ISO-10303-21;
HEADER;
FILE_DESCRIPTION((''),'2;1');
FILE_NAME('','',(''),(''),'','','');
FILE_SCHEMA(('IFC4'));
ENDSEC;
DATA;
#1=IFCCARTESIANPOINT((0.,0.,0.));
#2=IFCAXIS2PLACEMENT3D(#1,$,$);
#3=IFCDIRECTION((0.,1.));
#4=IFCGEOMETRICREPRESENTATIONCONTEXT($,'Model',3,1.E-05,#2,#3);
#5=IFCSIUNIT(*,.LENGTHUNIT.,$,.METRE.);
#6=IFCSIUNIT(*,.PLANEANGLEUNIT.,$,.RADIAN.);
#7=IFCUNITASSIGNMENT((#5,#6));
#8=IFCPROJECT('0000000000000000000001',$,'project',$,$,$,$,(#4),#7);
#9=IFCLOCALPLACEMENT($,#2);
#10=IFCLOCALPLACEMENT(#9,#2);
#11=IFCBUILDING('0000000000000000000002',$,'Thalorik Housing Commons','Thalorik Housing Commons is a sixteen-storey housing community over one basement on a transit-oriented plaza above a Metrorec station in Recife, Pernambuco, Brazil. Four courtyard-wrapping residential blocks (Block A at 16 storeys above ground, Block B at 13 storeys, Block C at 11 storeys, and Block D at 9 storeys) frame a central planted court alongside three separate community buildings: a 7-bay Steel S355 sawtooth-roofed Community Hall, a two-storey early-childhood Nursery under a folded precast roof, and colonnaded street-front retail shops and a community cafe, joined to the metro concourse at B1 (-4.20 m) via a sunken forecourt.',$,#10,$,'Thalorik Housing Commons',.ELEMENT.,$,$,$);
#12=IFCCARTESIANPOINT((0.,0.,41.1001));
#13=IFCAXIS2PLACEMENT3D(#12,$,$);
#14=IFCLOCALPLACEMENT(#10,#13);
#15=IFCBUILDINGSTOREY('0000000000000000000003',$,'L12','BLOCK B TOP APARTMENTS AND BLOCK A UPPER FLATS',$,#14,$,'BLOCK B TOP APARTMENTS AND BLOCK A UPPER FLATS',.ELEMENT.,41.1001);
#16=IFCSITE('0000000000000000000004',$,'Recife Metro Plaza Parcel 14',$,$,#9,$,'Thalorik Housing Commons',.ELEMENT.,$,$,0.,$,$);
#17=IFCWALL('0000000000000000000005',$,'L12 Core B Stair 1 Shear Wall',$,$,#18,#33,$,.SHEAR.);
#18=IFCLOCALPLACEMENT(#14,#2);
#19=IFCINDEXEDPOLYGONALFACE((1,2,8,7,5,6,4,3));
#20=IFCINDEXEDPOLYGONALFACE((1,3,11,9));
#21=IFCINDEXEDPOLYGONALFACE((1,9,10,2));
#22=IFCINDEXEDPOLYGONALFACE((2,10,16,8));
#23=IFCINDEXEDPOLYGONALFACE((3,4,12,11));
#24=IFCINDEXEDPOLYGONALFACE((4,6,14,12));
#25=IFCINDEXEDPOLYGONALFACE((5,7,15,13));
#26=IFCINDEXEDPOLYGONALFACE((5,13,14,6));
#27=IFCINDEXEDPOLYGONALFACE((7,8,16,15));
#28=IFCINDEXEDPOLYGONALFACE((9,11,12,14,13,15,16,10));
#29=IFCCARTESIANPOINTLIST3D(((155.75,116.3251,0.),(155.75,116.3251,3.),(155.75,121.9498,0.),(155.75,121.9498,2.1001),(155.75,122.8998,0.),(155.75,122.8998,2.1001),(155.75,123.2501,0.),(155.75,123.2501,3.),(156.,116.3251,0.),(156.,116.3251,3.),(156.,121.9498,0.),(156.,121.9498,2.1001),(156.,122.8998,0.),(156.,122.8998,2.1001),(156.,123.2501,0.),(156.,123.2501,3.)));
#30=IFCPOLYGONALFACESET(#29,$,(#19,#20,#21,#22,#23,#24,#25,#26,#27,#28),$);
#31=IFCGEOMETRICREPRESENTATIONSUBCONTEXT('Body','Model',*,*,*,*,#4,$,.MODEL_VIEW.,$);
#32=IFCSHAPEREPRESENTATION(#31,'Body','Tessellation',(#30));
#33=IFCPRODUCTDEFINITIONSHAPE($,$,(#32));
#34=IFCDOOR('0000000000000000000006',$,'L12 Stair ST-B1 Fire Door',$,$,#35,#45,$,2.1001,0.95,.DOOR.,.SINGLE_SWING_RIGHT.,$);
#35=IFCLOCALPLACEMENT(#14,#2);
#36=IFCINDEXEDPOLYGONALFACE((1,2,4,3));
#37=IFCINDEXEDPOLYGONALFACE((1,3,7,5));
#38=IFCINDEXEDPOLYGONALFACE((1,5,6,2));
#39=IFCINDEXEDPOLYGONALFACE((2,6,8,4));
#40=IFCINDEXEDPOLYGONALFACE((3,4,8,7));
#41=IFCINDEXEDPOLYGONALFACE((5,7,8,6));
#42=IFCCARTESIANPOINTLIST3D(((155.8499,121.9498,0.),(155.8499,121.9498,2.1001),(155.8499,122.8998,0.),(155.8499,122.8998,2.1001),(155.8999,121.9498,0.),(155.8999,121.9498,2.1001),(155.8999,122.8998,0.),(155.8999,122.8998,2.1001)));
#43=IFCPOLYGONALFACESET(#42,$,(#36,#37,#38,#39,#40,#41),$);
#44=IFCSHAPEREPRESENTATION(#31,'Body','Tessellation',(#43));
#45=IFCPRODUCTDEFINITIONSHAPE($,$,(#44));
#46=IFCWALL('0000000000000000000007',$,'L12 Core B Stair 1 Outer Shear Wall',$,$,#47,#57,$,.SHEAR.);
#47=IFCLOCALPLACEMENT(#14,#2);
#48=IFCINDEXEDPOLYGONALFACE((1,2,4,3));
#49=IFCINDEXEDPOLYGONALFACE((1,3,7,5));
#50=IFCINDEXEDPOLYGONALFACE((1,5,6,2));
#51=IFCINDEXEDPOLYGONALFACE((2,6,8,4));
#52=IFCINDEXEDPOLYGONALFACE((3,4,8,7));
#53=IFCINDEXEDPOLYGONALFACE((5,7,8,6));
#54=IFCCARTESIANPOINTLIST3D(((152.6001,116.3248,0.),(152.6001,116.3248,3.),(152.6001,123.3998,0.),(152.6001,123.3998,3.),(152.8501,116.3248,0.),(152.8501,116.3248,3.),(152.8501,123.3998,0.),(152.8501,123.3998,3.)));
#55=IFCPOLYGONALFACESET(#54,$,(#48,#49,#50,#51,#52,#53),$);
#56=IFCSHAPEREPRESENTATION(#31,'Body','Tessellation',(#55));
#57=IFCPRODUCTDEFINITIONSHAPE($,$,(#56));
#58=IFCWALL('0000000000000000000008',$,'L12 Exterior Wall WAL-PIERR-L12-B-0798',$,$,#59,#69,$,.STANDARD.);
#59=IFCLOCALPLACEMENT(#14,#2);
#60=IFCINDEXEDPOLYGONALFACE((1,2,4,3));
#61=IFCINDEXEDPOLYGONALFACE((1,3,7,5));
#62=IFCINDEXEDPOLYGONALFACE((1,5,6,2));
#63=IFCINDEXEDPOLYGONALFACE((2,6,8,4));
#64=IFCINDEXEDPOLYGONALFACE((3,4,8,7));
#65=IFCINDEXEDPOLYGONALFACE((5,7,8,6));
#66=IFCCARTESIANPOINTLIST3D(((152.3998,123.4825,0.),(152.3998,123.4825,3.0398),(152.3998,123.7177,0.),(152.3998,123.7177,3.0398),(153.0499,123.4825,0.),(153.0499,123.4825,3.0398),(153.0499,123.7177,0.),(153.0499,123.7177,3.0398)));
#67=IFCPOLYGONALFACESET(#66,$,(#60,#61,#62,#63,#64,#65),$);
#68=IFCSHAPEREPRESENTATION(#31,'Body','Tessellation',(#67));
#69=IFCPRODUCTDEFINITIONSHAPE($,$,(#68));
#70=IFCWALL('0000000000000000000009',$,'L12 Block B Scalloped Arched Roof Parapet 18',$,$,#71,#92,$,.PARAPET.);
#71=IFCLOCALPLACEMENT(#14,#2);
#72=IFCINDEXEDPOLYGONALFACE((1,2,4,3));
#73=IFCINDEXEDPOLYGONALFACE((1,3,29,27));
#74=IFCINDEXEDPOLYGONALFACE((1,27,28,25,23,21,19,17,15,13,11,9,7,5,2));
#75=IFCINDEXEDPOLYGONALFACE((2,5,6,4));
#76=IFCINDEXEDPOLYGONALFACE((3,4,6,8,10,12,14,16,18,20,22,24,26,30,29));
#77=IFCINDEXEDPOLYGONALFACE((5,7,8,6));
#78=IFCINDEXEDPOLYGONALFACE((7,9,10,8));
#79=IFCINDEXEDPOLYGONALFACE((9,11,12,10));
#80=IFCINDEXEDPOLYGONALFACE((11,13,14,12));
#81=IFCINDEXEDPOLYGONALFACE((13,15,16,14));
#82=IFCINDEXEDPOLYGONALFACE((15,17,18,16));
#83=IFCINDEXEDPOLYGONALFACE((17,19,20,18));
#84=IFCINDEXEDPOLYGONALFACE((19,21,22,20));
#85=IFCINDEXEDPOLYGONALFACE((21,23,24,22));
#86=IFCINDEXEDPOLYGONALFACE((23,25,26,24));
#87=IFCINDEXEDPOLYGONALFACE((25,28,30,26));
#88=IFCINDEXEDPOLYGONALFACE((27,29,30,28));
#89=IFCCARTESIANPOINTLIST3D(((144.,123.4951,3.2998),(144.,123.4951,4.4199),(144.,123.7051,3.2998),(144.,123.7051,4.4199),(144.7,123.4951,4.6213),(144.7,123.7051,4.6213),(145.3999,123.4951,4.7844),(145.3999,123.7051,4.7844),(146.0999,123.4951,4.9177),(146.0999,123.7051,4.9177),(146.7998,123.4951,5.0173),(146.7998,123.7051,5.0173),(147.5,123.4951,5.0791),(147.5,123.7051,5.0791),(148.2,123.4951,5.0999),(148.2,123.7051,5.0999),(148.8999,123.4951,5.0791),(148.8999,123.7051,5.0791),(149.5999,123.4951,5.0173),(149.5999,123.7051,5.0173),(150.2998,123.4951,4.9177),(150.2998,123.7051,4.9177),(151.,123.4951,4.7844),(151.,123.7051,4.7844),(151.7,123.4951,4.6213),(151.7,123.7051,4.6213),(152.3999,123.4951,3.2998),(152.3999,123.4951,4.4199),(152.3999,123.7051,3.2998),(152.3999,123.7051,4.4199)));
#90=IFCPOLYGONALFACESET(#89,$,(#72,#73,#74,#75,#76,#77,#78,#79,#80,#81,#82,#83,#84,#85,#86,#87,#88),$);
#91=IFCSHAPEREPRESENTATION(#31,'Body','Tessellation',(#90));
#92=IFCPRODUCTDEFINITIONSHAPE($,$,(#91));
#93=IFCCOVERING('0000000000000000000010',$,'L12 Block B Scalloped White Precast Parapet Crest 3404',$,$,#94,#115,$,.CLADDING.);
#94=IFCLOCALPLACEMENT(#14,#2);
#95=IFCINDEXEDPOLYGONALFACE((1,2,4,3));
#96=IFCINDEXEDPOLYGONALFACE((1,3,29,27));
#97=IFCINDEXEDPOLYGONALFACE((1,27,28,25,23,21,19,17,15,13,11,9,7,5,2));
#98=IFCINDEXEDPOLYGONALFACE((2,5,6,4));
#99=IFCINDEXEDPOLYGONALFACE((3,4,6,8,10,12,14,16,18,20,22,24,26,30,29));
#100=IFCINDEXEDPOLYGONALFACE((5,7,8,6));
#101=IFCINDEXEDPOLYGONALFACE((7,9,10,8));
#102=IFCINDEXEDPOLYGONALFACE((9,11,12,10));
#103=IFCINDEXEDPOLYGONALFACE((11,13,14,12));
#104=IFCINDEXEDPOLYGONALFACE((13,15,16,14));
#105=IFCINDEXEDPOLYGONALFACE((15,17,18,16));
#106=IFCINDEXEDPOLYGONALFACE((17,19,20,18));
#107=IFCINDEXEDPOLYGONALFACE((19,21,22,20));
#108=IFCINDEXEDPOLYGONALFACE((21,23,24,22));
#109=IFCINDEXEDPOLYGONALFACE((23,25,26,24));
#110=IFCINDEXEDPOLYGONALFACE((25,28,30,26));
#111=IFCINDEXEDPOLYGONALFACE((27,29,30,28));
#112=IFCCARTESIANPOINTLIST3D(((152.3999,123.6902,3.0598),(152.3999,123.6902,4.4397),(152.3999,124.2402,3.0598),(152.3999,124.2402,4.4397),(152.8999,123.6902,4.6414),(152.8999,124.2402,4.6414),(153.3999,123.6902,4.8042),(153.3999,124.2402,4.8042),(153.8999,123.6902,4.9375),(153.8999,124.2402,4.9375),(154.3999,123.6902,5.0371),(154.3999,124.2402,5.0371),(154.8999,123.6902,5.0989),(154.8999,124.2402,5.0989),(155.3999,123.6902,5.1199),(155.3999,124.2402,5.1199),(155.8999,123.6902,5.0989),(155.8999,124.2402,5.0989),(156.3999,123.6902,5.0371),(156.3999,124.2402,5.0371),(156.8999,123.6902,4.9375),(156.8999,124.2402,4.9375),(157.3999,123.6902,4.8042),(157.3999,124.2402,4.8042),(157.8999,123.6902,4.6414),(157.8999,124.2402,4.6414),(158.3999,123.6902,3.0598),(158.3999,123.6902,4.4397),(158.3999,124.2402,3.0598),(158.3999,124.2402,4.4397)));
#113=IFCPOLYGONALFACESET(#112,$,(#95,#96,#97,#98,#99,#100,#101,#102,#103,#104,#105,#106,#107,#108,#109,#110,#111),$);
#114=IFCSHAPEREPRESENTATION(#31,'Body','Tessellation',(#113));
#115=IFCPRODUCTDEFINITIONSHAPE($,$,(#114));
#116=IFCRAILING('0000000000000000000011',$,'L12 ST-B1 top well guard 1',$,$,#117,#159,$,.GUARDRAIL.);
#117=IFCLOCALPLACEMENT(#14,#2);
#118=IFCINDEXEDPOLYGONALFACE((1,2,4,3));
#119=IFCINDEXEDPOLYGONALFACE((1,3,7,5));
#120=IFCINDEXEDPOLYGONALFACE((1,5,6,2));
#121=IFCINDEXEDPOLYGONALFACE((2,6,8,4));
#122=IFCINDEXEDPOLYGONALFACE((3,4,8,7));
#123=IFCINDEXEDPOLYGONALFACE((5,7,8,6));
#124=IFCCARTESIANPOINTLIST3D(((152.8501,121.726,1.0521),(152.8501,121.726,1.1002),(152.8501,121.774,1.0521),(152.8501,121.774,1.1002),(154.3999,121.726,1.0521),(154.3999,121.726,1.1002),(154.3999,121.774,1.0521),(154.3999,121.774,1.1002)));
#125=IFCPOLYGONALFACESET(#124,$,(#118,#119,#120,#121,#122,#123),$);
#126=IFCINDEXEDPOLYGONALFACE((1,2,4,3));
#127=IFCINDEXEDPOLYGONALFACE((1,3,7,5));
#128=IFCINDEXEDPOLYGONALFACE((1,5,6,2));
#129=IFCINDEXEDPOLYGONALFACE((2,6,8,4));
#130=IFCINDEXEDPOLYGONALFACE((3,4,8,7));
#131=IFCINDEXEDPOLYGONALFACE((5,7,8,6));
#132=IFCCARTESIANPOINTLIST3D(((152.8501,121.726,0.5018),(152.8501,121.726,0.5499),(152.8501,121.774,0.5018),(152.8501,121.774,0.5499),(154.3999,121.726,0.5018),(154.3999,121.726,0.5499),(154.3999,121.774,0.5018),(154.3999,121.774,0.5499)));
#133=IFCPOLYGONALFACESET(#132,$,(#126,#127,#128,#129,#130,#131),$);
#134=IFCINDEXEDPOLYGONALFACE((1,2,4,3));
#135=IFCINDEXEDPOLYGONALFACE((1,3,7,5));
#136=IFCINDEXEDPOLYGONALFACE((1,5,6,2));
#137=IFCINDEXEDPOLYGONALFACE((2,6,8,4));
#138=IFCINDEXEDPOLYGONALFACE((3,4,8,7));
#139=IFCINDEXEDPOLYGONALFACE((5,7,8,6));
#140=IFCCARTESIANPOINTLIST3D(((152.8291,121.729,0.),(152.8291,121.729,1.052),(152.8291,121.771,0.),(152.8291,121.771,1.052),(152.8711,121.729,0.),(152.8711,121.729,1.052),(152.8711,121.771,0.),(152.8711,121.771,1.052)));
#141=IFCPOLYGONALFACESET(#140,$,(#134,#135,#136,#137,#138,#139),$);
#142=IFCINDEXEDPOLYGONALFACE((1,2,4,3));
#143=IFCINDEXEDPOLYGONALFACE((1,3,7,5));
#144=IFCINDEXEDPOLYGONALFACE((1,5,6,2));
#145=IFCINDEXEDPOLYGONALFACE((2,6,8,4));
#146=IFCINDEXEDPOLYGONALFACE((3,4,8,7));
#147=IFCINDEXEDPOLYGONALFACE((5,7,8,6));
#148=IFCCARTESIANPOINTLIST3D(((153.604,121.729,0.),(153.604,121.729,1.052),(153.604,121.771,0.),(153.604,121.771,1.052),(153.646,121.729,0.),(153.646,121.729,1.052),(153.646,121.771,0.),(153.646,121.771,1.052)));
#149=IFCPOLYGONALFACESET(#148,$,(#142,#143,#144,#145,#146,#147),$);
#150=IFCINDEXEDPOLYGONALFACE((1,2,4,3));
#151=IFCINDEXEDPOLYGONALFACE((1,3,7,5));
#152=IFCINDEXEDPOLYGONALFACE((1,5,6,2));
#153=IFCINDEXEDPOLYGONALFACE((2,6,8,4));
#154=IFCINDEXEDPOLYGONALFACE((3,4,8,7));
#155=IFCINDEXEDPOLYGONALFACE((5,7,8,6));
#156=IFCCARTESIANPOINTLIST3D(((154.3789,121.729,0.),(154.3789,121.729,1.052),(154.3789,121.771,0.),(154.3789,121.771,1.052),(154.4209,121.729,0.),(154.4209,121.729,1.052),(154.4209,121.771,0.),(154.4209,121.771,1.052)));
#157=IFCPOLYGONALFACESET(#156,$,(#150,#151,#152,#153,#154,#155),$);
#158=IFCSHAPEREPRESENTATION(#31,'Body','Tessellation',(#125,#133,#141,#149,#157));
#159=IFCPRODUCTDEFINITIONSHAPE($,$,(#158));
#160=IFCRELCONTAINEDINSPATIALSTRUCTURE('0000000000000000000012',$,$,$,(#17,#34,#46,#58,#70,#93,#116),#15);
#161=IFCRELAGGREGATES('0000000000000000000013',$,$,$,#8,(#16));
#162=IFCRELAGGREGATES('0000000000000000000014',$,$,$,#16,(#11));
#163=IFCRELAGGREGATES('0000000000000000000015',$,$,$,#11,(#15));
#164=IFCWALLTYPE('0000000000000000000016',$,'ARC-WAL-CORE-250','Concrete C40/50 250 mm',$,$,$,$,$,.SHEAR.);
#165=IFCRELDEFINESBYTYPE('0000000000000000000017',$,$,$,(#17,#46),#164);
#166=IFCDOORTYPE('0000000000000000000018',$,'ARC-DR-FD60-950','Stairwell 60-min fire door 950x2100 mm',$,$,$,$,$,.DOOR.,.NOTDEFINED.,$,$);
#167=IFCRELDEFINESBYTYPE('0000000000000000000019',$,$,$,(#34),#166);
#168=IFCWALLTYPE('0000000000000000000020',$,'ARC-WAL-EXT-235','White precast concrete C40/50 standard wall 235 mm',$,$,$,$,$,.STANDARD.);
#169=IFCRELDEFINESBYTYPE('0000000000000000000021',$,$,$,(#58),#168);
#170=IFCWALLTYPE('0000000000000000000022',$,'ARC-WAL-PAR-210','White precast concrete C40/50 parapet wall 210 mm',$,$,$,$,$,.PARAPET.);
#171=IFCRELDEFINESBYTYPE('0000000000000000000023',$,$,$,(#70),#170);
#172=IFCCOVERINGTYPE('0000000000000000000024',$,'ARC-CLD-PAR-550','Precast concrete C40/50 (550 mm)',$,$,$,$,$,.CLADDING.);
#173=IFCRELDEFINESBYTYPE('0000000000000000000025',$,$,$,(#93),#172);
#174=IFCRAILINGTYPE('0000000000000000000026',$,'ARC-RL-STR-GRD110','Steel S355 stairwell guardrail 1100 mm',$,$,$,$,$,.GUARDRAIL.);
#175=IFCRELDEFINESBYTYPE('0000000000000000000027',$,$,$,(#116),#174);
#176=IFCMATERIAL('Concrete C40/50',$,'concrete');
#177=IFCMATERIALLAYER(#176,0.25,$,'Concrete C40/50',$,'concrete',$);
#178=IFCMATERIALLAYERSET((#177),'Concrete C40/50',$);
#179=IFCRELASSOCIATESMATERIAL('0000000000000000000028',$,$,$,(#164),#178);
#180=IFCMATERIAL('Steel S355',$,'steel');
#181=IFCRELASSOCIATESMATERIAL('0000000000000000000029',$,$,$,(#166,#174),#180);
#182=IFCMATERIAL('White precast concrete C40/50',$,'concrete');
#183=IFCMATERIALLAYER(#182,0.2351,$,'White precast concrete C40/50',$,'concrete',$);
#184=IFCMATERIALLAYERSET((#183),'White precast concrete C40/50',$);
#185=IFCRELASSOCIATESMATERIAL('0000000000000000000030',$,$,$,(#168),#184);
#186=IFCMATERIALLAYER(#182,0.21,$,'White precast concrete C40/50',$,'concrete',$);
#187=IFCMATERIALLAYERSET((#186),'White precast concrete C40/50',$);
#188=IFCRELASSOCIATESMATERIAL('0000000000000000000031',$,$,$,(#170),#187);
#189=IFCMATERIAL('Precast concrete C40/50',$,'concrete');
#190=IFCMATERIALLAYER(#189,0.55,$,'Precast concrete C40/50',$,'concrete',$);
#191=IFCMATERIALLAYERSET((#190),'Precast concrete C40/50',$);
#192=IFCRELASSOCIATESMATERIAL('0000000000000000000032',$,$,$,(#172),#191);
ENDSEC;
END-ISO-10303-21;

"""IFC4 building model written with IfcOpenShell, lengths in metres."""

from ifc_helpers import new_model, si_unit, direction, frame, frame_2d, origin, origin_2d, place, context, subcontext, project, spatial, polyline, rectangle, outline, extrude, material, layer, layer_set, type_object, element, fill, save


model = new_model("IFC4")

# Units and contexts
model_context = context("Model", 3, precision=1e-05, world=origin(), true_north=direction((0.0, 1.0)))
body_context = subcontext(model_context, "Body", "Model", "MODEL_VIEW")
ifc_project = project(units=[si_unit("LENGTHUNIT", "METRE"), si_unit("PLANEANGLEUNIT", "RADIAN")], contexts=[model_context])

# Site, building, storey
site_placement = place(None, origin())
site = spatial("IfcSite", under=ifc_project, at=site_placement, Name="Recife Metro Plaza Parcel 14", LongName="Thalorik Housing Commons", CompositionType="ELEMENT", RefElevation=0.0)
building_placement = place(site_placement, origin())
building = spatial("IfcBuilding", under=site, at=building_placement, Name="Thalorik Housing Commons", Description="Thalorik Housing Commons is a sixteen-storey housing community over one basement on a transit-oriented plaza above a Metrorec station in Recife, Pernambuco, Brazil. Four courtyard-wrapping residential blocks (Block A at 16 storeys above ground, Block B at 13 storeys, Block C at 11 storeys, and Block D at 9 storeys) frame a central planted court alongside three separate community buildings: a 7-bay Steel S355 sawtooth-roofed Community Hall, a two-storey early-childhood Nursery under a folded precast roof, and colonnaded street-front retail shops and a community cafe, joined to the metro concourse at B1 (-4.20 m) via a sunken forecourt.", LongName="Thalorik Housing Commons", CompositionType="ELEMENT")
storey_placement = place(building_placement, frame((0.0, 0.0, 41.1001)))
storey = spatial("IfcBuildingStorey", under=building, at=storey_placement, Name="L12", Description="BLOCK B TOP APARTMENTS AND BLOCK A UPPER FLATS", LongName="BLOCK B TOP APARTMENTS AND BLOCK A UPPER FLATS", CompositionType="ELEMENT", Elevation=41.1001)

# Shared definitions
ifc_material_1 = material(Name="Precast concrete C40/50", Category="concrete")

# Wall, opening, door
ifc_material_2 = material(Name="Concrete C40/50", Category="concrete")
ifc_layer_1 = layer(ifc_material_2, 0.25, Name="Concrete C40/50", Category="concrete")
ifc_layer_set_1 = layer_set([ifc_layer_1], Name="Concrete C40/50")
wall_type_1 = type_object("IfcWallType", Name="ARC-WAL-CORE-250", Description="Concrete C40/50 250 mm", PredefinedType="SHEAR", material=ifc_layer_set_1)
wall_1_placement = place(storey_placement, frame((155.875, 123.25, 0.0), z_axis=(0.0, 0.0, 1.0), x_axis=(0.0, -1.0, 0.0)))
wall_1 = element("IfcWall", 1, at=wall_1_placement, inside=storey, type_object=wall_type_1, Name="L12 Core B Stair 1 Shear Wall", PredefinedType="SHEAR", context=body_context, shape_type="SweptSolid", body=[
    extrude(rectangle(XDim=6.925, YDim=0.25, at=frame_2d((3.4624, 0.0))), origin(), (0.0, 0.0, 1.0), 3.0),
])
opening_1_placement = place(wall_1_placement, frame((0.3501, 0.0, 0.0)))
opening_1 = element("IfcOpeningElement", 2, at=opening_1_placement, cuts=wall_1, PredefinedType="OPENING", context=body_context, shape_type="SweptSolid", body=[
    extrude(rectangle(XDim=0.95, YDim=2.1001, at=frame_2d((0.4751, 1.05))), frame((0.0, 0.135, 0.0), z_axis=(0.0, -1.0, 0.0), x_axis=(1.0, 0.0, 0.0)), (0.0, 0.0, 1.0), 0.27),
])
ifc_material_3 = material(Name="Steel S355", Category="steel")
door_type_1 = type_object("IfcDoorType", Name="ARC-DR-FD60-950", Description="Stairwell 60-min fire door 950x2100 mm", OperationType="NOTDEFINED", PredefinedType="DOOR", material=ifc_material_3)
door_1_placement = place(opening_1_placement, origin())
door_1 = element("IfcDoor", 3, at=door_1_placement, inside=storey, type_object=door_type_1, Name="L12 Stair ST-B1 Fire Door", OperationType="SINGLE_SWING_RIGHT", OverallHeight=2.1001, OverallWidth=0.95, PredefinedType="DOOR", context=body_context, shape_type="SweptSolid", body=[
    extrude(rectangle(XDim=0.95, YDim=2.1001, at=frame_2d((0.4751, 1.05))), frame((0.0, 0.0249, 0.0), z_axis=(0.0, -1.0, 0.0), x_axis=(1.0, 0.0, 0.0)), (0.0, 0.0, 1.0), 0.05),
])
fill(opening_1, door_1)

# Walls
wall_2_placement = place(storey_placement, frame((152.7251, 123.3999, 0.0), z_axis=(0.0, 0.0, 1.0), x_axis=(0.0, -1.0, 0.0)))
element("IfcWall", 4, at=wall_2_placement, inside=storey, type_object=wall_type_1, Name="L12 Core B Stair 1 Outer Shear Wall", PredefinedType="SHEAR", context=body_context, shape_type="SweptSolid", body=[
    extrude(rectangle(XDim=7.075, YDim=0.25, at=frame_2d((3.5376, 0.0))), origin(), (0.0, 0.0, 1.0), 3.0),
])
ifc_material_4 = material(Name="White precast concrete C40/50", Category="concrete")
ifc_layer_2 = layer(ifc_material_4, 0.2351, Name="White precast concrete C40/50", Category="concrete")
ifc_layer_set_2 = layer_set([ifc_layer_2], Name="White precast concrete C40/50")
wall_type_2 = type_object("IfcWallType", Name="ARC-WAL-EXT-235", Description="White precast concrete C40/50 standard wall 235 mm", PredefinedType="STANDARD", material=ifc_layer_set_2)
wall_3_placement = place(storey_placement, frame((153.05, 123.6001, 0.0), z_axis=(0.0, 0.0, 1.0), x_axis=(-1.0, 0.0, 0.0)))
element("IfcWall", 5, at=wall_3_placement, inside=storey, type_object=wall_type_2, Name="L12 Exterior Wall WAL-PIERR-L12-B-0798", PredefinedType="STANDARD", context=body_context, shape_type="SweptSolid", body=[
    extrude(rectangle(XDim=0.6501, YDim=0.2351, at=frame_2d((0.3252, 0.0))), origin(), (0.0, 0.0, 1.0), 3.0398),
])

# Wall
ifc_layer_3 = layer(ifc_material_4, 0.21, Name="White precast concrete C40/50", Category="concrete")
ifc_layer_set_3 = layer_set([ifc_layer_3], Name="White precast concrete C40/50")
wall_type_3 = type_object("IfcWallType", Name="ARC-WAL-PAR-210", Description="White precast concrete C40/50 parapet wall 210 mm", PredefinedType="PARAPET", material=ifc_layer_set_3)
wall_4_placement = place(storey_placement, frame((152.3999, 123.6001, 3.2998), z_axis=(0.0, 0.0, 1.0), x_axis=(-1.0, 0.0, 0.0)))
element("IfcWall", 6, at=wall_4_placement, inside=storey, type_object=wall_type_3, Name="L12 Block B Scalloped Arched Roof Parapet 18", PredefinedType="PARAPET", context=body_context, shape_type="SweptSolid", body=[
    extrude(outline(polyline([(0.0, 0.0), (8.3999, 0.0), (8.3999, 1.1201), (7.7, 1.3215), (7.0, 1.4846), (6.3, 1.6179), (5.6001, 1.7175), (4.8999, 1.7793), (4.2, 1.8), (3.5, 1.7793), (2.8, 1.7175), (2.1001, 1.6179), (1.3999, 1.4846), (0.7, 1.3215), (0.0, 1.1201), (0.0, 0.0)])), frame((0.0, 0.105, 0.0), z_axis=(0.0, -1.0, 0.0), x_axis=(1.0, 0.0, 0.0)), (0.0, 0.0, 1.0), 0.21),
])

# Covering
ifc_layer_4 = layer(ifc_material_1, 0.55, Name="Precast concrete C40/50", Category="concrete")
ifc_layer_set_4 = layer_set([ifc_layer_4], Name="Precast concrete C40/50")
covering_type = type_object("IfcCoveringType", Name="ARC-CLD-PAR-550", Description="Precast concrete C40/50 (550 mm)", PredefinedType="CLADDING", material=ifc_layer_set_4)
covering_placement = place(storey_placement, frame((155.3999, 123.9651, 3.0598), z_axis=(0.0, 0.0, 1.0), x_axis=(-1.0, 0.0, 0.0)))
element("IfcCovering", 7, at=covering_placement, inside=storey, type_object=covering_type, Name="L12 Block B Scalloped White Precast Parapet Crest 3404", PredefinedType="CLADDING", context=body_context, shape_type="SweptSolid", body=[
    extrude(outline(polyline([(-3.0, 0.0), (3.0, 0.0), (3.0, 1.3799), (2.5, 1.5815), (2.0, 1.7444), (1.5, 1.8777), (1.0, 1.9773), (0.5, 2.0391), (0.0, 2.0601), (-0.5, 2.0391), (-1.0, 1.9773), (-1.5, 1.8777), (-2.0, 1.7444), (-2.5, 1.5815), (-3.0, 1.3799), (-3.0, 0.0)])), frame((0.0, 0.2749, 0.0), z_axis=(0.0, -1.0, 0.0), x_axis=(1.0, 0.0, 0.0)), (0.0, 0.0, 1.0), 0.55),
])

# Railing
railing_type_1 = type_object("IfcRailingType", Name="ARC-RL-STR-GRD110", Description="Steel S355 stairwell guardrail 1100 mm", PredefinedType="GUARDRAIL", material=ifc_material_3)
railing_1_placement = place(storey_placement, frame((152.8501, 121.75, 0.0)))
element("IfcRailing", 8, at=railing_1_placement, inside=storey, type_object=railing_type_1, Name="L12 ST-B1 top well guard 1", PredefinedType="GUARDRAIL", context=body_context, shape_type="SweptSolid", body=[
    extrude(rectangle(XDim=0.0481, YDim=0.0481, at=origin_2d()), frame((0.0, 0.0, 1.0762), z_axis=(1.0, 0.0, 0.0), x_axis=(0.0, 1.0, 0.0)), (0.0, 0.0, 1.0), 1.5498),
    extrude(rectangle(XDim=0.0481, YDim=0.0481, at=origin_2d()), frame((0.0, 0.0, 0.5259), z_axis=(1.0, 0.0, 0.0), x_axis=(0.0, 1.0, 0.0)), (0.0, 0.0, 1.0), 1.5498),
    extrude(rectangle(XDim=0.042, YDim=0.042, at=origin_2d()), origin(), (0.0, 0.0, 1.0), 1.052),
    extrude(rectangle(XDim=0.042, YDim=0.042, at=origin_2d()), frame((0.7749, 0.0, 0.0)), (0.0, 0.0, 1.0), 1.052),
    extrude(rectangle(XDim=0.042, YDim=0.042, at=origin_2d()), frame((1.5498, 0.0, 0.0)), (0.0, 0.0, 1.0), 1.052),
])

save(model, "model.ifc")
